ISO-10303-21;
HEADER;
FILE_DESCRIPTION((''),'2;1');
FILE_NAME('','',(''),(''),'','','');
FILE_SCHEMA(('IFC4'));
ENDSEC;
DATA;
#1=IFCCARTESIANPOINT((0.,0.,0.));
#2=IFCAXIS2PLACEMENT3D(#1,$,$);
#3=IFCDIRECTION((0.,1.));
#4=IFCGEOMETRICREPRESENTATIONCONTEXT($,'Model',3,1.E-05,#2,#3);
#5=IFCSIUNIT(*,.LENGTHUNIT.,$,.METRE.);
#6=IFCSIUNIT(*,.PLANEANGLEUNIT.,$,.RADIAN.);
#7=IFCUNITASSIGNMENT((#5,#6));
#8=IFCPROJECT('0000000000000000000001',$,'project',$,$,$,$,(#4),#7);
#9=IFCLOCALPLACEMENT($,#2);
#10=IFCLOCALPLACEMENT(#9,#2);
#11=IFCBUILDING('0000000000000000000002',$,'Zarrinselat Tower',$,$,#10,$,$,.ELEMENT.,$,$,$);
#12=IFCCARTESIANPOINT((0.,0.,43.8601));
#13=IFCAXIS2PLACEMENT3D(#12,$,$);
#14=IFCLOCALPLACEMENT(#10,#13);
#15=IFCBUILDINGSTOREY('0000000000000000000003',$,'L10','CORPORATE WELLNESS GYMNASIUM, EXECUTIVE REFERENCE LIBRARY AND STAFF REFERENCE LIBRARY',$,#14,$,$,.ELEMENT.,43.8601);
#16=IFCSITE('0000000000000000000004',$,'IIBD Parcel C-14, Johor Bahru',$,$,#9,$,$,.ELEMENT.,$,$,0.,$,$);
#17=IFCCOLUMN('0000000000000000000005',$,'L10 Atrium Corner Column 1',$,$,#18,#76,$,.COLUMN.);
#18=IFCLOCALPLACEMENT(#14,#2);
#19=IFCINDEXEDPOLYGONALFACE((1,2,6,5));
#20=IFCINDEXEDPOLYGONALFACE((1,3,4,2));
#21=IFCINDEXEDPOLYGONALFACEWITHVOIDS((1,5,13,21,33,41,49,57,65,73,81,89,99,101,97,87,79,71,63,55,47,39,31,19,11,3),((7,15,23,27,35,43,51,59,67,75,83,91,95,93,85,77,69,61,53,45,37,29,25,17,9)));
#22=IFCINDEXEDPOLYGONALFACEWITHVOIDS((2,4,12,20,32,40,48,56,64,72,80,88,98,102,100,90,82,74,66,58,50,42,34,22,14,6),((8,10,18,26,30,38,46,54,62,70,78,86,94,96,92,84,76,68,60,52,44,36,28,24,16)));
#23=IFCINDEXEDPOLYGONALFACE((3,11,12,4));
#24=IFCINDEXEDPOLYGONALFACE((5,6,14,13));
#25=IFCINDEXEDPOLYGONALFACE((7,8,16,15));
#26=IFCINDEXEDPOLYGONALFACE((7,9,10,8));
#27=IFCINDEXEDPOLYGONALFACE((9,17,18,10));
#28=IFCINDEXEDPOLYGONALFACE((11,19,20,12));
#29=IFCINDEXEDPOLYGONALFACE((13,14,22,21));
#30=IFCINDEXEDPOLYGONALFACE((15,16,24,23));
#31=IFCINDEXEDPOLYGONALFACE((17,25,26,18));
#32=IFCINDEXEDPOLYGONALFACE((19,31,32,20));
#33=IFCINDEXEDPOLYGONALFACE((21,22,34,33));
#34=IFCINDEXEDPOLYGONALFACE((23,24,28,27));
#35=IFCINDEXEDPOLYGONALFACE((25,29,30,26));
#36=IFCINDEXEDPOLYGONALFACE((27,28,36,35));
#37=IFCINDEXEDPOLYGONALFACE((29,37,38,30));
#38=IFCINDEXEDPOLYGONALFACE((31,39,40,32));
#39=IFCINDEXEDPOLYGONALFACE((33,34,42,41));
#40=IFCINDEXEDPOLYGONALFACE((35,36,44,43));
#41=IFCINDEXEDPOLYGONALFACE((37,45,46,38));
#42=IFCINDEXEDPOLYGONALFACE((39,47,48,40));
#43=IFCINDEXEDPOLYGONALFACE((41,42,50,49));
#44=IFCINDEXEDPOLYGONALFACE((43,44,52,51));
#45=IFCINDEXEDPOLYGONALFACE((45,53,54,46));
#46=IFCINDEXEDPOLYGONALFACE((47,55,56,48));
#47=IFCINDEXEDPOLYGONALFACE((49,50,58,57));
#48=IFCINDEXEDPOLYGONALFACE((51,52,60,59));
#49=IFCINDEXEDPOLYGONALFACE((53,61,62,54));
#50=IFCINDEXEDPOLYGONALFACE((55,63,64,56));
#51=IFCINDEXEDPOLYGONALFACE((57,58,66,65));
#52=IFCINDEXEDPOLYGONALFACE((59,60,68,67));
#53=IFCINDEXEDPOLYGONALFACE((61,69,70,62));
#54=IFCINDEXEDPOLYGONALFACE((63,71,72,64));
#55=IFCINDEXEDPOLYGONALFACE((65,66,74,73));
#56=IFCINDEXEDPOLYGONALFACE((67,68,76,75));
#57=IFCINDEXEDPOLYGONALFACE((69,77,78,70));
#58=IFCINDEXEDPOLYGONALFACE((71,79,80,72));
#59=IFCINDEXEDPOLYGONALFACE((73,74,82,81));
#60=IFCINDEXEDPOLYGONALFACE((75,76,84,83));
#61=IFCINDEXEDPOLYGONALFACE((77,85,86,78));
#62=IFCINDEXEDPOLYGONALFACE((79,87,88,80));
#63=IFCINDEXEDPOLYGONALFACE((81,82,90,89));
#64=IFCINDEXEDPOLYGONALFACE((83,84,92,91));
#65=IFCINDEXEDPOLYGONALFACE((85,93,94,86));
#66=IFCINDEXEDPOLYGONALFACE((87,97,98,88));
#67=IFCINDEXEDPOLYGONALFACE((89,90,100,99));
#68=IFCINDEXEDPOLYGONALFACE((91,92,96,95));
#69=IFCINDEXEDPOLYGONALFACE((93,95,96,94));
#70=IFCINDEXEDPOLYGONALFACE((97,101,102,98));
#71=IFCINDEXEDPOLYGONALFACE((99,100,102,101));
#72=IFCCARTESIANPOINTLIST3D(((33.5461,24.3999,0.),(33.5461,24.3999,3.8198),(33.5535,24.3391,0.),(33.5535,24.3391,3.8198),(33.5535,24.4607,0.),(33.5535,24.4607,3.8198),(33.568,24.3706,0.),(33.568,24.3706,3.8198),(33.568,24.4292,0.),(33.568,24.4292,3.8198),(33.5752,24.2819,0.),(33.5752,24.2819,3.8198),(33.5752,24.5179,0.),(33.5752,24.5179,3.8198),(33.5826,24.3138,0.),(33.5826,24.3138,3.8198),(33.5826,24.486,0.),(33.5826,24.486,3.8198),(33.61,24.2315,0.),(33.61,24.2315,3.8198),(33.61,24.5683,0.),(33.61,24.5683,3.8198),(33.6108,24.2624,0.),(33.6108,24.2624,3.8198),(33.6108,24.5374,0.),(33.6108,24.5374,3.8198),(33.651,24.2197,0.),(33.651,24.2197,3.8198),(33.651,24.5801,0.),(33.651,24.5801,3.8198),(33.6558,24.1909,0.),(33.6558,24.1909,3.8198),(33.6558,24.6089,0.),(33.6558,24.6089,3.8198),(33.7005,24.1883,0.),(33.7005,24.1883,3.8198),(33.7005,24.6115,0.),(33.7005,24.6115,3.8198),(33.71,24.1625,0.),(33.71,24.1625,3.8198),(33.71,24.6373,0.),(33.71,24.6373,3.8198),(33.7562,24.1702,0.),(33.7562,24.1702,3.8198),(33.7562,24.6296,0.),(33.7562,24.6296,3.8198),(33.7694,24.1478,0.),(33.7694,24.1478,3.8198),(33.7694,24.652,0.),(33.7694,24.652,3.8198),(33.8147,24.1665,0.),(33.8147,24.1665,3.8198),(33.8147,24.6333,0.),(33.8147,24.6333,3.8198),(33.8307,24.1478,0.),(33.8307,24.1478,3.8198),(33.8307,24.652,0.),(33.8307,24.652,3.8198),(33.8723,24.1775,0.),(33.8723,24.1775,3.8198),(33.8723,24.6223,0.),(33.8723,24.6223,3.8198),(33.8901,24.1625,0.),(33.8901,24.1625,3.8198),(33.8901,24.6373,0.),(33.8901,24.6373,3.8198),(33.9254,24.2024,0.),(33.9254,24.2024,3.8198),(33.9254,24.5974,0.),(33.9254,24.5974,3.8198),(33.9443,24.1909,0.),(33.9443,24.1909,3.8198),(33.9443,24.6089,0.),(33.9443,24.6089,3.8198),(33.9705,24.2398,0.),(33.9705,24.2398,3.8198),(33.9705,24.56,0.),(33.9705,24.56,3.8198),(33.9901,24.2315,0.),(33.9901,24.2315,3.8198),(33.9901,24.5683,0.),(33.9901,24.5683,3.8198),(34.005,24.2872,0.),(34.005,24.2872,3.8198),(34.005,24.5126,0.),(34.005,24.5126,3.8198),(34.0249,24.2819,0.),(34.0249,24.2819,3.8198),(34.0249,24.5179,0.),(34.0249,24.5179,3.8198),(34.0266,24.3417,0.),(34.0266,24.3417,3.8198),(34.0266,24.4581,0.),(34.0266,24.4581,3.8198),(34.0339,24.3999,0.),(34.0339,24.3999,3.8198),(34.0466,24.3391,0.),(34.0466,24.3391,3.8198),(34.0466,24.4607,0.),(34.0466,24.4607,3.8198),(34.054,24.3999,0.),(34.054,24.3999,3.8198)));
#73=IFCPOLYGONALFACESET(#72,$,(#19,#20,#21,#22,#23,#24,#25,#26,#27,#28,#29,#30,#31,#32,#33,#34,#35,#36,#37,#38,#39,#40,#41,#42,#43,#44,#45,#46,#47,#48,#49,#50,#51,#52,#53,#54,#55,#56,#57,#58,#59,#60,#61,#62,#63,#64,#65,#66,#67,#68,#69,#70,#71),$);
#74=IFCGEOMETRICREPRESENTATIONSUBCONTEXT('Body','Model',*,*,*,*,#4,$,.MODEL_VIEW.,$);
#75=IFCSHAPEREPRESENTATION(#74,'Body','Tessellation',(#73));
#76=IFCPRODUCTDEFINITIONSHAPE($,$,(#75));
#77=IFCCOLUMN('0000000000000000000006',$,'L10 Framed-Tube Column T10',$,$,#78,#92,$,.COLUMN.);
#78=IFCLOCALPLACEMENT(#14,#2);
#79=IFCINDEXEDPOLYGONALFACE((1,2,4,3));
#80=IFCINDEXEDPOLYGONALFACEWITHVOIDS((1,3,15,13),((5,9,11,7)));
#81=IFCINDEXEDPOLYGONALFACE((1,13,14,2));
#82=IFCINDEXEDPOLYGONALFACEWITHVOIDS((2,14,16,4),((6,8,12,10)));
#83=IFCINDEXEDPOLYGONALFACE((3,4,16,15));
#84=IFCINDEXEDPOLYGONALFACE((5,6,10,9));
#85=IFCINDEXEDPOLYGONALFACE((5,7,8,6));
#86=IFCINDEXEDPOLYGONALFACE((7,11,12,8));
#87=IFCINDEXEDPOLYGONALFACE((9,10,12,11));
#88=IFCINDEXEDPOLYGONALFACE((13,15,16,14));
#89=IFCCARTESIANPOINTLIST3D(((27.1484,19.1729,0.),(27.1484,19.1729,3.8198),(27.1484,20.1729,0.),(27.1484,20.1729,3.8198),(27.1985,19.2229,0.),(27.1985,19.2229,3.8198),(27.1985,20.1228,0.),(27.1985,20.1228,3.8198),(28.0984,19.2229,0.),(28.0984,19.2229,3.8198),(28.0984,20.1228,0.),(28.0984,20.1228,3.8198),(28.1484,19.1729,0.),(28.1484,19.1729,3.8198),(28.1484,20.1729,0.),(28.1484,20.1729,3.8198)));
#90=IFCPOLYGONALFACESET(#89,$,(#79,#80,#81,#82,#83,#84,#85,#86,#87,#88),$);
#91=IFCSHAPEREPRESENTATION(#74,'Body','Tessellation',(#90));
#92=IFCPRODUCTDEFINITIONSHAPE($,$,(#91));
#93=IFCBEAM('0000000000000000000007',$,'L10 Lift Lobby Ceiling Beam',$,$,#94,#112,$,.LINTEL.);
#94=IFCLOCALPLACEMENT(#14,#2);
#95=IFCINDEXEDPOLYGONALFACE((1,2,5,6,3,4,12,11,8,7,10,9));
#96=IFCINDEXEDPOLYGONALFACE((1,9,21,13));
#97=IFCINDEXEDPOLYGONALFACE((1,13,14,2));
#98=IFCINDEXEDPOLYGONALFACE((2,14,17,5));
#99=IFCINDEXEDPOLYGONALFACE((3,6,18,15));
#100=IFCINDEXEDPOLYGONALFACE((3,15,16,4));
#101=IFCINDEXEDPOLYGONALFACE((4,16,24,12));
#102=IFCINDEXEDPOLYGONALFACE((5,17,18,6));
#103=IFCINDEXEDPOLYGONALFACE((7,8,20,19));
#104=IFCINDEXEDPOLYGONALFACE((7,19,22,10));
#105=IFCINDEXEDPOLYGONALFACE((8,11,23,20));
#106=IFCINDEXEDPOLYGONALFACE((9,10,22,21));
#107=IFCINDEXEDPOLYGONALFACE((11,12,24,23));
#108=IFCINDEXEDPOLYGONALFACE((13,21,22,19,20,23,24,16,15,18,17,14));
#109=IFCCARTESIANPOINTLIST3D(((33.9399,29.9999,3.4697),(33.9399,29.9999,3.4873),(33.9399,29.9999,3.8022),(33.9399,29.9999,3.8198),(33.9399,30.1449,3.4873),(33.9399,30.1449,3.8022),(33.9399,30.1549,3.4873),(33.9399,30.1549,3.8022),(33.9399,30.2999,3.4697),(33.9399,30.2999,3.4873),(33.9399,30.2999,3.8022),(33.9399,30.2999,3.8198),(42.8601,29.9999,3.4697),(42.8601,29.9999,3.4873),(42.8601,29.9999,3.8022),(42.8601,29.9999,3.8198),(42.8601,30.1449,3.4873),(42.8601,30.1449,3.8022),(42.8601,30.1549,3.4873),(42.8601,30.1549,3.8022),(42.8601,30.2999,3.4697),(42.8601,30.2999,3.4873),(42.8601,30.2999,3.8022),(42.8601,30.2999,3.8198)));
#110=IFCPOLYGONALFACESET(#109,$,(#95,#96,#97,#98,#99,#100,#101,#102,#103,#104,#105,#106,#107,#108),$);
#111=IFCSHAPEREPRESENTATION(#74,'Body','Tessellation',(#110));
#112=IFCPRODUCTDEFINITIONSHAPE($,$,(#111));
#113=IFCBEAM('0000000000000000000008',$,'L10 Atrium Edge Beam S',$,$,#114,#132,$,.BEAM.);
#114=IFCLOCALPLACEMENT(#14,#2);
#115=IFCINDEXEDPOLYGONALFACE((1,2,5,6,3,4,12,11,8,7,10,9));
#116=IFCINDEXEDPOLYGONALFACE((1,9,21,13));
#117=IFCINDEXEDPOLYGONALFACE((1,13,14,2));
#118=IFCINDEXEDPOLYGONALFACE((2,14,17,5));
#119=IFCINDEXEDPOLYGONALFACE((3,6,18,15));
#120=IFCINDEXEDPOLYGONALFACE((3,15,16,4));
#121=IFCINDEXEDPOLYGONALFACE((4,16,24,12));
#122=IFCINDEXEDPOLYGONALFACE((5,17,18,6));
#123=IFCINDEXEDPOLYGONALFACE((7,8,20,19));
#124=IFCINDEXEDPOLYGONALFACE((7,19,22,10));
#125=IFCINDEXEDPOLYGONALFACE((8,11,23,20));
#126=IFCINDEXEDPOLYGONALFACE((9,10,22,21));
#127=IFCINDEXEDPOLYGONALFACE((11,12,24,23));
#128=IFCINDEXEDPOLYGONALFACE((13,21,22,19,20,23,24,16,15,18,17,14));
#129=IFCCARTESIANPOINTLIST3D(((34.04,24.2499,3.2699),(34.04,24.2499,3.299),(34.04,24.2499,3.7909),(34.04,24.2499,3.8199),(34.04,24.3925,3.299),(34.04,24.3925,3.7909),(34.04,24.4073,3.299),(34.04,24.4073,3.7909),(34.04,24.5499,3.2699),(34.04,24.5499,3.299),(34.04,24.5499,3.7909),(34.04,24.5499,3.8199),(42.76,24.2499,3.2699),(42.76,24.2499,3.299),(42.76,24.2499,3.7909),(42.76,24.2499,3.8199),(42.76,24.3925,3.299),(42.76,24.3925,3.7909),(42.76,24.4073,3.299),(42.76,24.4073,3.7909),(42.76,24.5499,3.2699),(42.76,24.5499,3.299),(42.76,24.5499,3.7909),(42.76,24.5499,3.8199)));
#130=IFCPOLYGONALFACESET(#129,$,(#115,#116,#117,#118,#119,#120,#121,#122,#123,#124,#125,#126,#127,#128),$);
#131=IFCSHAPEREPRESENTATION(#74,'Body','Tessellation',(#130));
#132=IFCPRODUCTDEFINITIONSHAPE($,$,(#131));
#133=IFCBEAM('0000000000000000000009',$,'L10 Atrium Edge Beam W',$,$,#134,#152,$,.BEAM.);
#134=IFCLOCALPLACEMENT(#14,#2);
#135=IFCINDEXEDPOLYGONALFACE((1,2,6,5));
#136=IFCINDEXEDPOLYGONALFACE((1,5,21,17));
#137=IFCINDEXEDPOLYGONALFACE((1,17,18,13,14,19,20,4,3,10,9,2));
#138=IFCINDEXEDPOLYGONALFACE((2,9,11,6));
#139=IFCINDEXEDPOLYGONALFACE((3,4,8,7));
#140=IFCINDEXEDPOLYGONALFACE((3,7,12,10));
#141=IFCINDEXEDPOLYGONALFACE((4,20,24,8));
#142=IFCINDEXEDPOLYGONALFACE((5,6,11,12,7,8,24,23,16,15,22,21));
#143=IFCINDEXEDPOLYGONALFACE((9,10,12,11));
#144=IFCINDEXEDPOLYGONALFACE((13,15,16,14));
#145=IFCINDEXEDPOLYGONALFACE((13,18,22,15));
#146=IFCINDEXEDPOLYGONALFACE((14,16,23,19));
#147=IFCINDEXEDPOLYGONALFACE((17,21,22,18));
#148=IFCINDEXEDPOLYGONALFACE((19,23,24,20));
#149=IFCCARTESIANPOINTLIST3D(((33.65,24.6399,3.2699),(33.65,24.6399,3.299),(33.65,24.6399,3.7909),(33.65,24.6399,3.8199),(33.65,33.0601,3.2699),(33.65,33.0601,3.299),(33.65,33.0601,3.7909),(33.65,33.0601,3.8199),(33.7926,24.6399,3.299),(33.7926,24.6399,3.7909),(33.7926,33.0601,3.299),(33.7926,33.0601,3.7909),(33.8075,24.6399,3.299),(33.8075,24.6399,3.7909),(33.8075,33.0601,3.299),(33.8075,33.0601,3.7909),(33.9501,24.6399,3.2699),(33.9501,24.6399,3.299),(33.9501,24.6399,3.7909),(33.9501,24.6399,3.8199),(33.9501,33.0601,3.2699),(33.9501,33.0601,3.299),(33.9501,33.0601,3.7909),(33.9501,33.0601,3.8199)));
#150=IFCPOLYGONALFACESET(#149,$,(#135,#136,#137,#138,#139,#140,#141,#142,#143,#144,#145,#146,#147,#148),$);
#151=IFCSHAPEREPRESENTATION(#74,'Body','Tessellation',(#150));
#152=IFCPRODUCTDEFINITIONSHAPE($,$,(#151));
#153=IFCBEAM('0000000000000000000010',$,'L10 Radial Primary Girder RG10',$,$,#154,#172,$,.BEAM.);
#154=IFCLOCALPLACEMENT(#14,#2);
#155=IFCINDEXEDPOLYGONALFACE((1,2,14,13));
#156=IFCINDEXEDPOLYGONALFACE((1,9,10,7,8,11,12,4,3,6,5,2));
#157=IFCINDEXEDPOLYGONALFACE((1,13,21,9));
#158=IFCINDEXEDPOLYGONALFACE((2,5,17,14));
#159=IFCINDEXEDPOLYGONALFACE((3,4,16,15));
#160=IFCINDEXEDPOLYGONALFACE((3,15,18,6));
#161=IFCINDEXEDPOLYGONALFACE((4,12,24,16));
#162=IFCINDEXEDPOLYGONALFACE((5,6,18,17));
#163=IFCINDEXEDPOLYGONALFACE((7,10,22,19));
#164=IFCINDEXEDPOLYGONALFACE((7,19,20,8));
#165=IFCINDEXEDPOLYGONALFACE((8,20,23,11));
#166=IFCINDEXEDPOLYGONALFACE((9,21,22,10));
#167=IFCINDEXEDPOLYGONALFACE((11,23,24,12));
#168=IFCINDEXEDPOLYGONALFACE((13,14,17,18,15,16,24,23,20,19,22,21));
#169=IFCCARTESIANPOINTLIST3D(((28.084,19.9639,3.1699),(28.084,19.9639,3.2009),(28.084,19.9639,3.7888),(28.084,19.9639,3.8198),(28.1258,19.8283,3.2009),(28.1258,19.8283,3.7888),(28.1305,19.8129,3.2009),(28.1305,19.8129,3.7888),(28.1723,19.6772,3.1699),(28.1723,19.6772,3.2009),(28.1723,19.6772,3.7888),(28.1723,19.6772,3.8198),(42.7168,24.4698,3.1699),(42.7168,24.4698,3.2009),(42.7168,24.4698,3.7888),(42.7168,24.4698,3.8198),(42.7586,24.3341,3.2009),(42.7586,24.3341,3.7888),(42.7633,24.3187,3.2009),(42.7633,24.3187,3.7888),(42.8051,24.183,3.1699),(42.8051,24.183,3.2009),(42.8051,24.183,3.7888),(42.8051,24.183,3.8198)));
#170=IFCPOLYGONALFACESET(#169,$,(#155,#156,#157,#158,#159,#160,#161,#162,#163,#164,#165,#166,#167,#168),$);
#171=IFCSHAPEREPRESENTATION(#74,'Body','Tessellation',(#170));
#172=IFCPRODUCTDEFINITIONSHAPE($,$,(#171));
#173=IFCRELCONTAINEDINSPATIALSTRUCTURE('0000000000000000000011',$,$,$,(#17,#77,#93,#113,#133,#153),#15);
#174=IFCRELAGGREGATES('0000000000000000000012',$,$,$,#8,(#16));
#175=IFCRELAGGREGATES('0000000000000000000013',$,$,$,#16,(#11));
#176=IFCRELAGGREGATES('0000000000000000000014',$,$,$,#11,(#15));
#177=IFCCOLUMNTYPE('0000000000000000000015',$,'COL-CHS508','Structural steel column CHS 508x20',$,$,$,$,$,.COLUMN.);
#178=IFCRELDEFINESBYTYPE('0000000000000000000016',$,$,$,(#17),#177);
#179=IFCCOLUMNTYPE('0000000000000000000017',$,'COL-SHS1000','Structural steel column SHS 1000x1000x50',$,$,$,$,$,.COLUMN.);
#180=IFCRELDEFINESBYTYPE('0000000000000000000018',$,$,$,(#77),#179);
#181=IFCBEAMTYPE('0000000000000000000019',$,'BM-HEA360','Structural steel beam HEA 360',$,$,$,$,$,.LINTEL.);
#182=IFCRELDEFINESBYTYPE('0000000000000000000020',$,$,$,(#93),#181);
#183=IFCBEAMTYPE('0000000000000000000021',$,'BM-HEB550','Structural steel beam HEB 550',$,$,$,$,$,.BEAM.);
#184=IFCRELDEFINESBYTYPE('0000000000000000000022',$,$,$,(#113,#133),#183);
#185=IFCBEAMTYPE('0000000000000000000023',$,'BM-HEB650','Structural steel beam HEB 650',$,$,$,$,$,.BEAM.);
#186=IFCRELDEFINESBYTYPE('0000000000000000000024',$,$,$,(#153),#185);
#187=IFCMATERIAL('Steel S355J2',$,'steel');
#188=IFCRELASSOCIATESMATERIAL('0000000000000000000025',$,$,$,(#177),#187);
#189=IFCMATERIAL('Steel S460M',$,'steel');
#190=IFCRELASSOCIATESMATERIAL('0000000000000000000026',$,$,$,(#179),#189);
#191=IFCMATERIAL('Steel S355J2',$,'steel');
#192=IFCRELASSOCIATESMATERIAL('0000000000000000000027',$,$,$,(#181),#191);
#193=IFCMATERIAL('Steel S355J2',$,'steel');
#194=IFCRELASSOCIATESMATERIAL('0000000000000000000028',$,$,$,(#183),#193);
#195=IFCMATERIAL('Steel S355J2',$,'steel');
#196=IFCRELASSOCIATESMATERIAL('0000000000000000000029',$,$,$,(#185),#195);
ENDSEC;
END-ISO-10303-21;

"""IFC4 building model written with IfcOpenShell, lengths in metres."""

from ifc_helpers import new_model, si_unit, direction, frame, origin, origin_2d, place, context, subcontext, project, spatial, hollow_rectangle, hollow_circle, i_section, extrude, material, material_profile, profile_set, type_object, element, save


model = new_model("IFC4")

# Units and contexts
model_context = context("Model", 3, precision=1e-05, world=origin(), true_north=direction((0.0, 1.0)))
body_context = subcontext(model_context, "Body", "Model", "MODEL_VIEW")
ifc_project = project(units=[si_unit("LENGTHUNIT", "METRE"), si_unit("PLANEANGLEUNIT", "RADIAN")], contexts=[model_context])

# Site, building, storey
site_placement = place(None, origin())
site = spatial("IfcSite", under=ifc_project, at=site_placement, Name="IIBD Parcel C-14, Johor Bahru", CompositionType="ELEMENT", RefElevation=0.0)
building_placement = place(site_placement, origin())
building = spatial("IfcBuilding", under=site, at=building_placement, Name="Zarrinselat Tower", CompositionType="ELEMENT")
storey_placement = place(building_placement, frame((0.0, 0.0, 43.8601)))
storey = spatial("IfcBuildingStorey", under=building, at=storey_placement, Name="L10", Description="CORPORATE WELLNESS GYMNASIUM, EXECUTIVE REFERENCE LIBRARY AND STAFF REFERENCE LIBRARY", CompositionType="ELEMENT", Elevation=43.8601)

# Columns
ifc_material_1 = material(Name="Steel S355J2", Category="steel")
ifc_material_profile_1 = material_profile(ifc_material_1, hollow_circle(Radius=0.2539, WallThickness=0.02, at=origin_2d()), Name="CHS 508x20")
ifc_profile_set_1 = profile_set([ifc_material_profile_1], Name="Steel S355J2")
column_type_1 = type_object("IfcColumnType", Name="COL-CHS508", Description="Structural steel column CHS 508x20", PredefinedType="COLUMN", material=ifc_profile_set_1)
column_1_placement = place(storey_placement, frame((33.8, 24.3999, 0.0), z_axis=(0.0, 0.0, 1.0), x_axis=(1.0, 0.0, 0.0)))
element("IfcColumn", 1, at=column_1_placement, inside=storey, type_object=column_type_1, Name="L10 Atrium Corner Column 1", PredefinedType="COLUMN", context=body_context, shape_type="SweptSolid", body=[
    extrude(hollow_circle(Radius=0.2539, WallThickness=0.02, at=origin_2d()), origin(), (0.0, 0.0, 1.0), 3.8198),
])
ifc_material_2 = material(Name="Steel S460M", Category="steel")
ifc_material_profile_2 = material_profile(ifc_material_2, hollow_rectangle(XDim=1.0, YDim=1.0, WallThickness=0.05, at=origin_2d()), Name="SHS 1000x1000x50")
ifc_profile_set_2 = profile_set([ifc_material_profile_2], Name="Steel S460M")
column_type_2 = type_object("IfcColumnType", Name="COL-SHS1000", Description="Structural steel column SHS 1000x1000x50", PredefinedType="COLUMN", material=ifc_profile_set_2)
column_2_placement = place(storey_placement, frame((27.6484, 19.6729, 0.0), z_axis=(0.0, 0.0, 1.0), x_axis=(1.0, 0.0, 0.0)))
element("IfcColumn", 2, at=column_2_placement, inside=storey, type_object=column_type_2, Name="L10 Framed-Tube Column T10", PredefinedType="COLUMN", context=body_context, shape_type="SweptSolid", body=[
    extrude(hollow_rectangle(XDim=1.0, YDim=1.0, WallThickness=0.05, at=origin_2d()), origin(), (0.0, 0.0, 1.0), 3.8198),
])

# Beams
ifc_material_3 = material(Name="Steel S355J2", Category="steel")
ifc_material_profile_3 = material_profile(ifc_material_3, i_section(OverallWidth=0.3, OverallDepth=0.3501, WebThickness=0.01, FlangeThickness=0.0176, at=origin_2d()), Name="HEA 360")
ifc_profile_set_3 = profile_set([ifc_material_profile_3], Name="Steel S355J2")
beam_type_1 = type_object("IfcBeamType", Name="BM-HEA360", Description="Structural steel beam HEA 360", PredefinedType="LINTEL", material=ifc_profile_set_3)
beam_1_placement = place(storey_placement, frame((33.9399, 30.1499, 3.6448), z_axis=(1.0, 0.0, 0.0), x_axis=(0.0, 1.0, 0.0)))
element("IfcBeam", 3, at=beam_1_placement, inside=storey, type_object=beam_type_1, Name="L10 Lift Lobby Ceiling Beam", PredefinedType="LINTEL", context=body_context, shape_type="SweptSolid", body=[
    extrude(i_section(OverallWidth=0.3, OverallDepth=0.3501, WebThickness=0.01, FlangeThickness=0.0176, at=origin_2d()), origin(), (0.0, 0.0, 1.0), 8.9202),
])
ifc_material_4 = material(Name="Steel S355J2", Category="steel")
ifc_material_profile_4 = material_profile(ifc_material_4, i_section(OverallWidth=0.3, OverallDepth=0.55, WebThickness=0.0149, FlangeThickness=0.0291, at=origin_2d()), Name="HEB 550")
ifc_profile_set_4 = profile_set([ifc_material_profile_4], Name="Steel S355J2")
beam_type_2 = type_object("IfcBeamType", Name="BM-HEB550", Description="Structural steel beam HEB 550", PredefinedType="BEAM", material=ifc_profile_set_4)
beam_2_placement = place(storey_placement, frame((34.04, 24.3999, 3.5449), z_axis=(1.0, 0.0, 0.0), x_axis=(0.0, 1.0, 0.0)))
element("IfcBeam", 4, at=beam_2_placement, inside=storey, type_object=beam_type_2, Name="L10 Atrium Edge Beam S", PredefinedType="BEAM", context=body_context, shape_type="SweptSolid", body=[
    extrude(i_section(OverallWidth=0.3, OverallDepth=0.55, WebThickness=0.0149, FlangeThickness=0.0291, at=origin_2d()), origin(), (0.0, 0.0, 1.0), 8.72),
])
beam_3_placement = place(storey_placement, frame((33.8, 24.6399, 3.5449), z_axis=(0.0, 1.0, 0.0), x_axis=(-1.0, 0.0, 0.0)))
element("IfcBeam", 5, at=beam_3_placement, inside=storey, type_object=beam_type_2, Name="L10 Atrium Edge Beam W", PredefinedType="BEAM", context=body_context, shape_type="SweptSolid", body=[
    extrude(i_section(OverallWidth=0.3, OverallDepth=0.55, WebThickness=0.0149, FlangeThickness=0.0291, at=origin_2d()), origin(), (0.0, 0.0, 1.0), 8.4202),
])
ifc_material_5 = material(Name="Steel S355J2", Category="steel")
ifc_material_profile_5 = material_profile(ifc_material_5, i_section(OverallWidth=0.3, OverallDepth=0.6499, WebThickness=0.0161, FlangeThickness=0.031, at=origin_2d()), Name="HEB 650")
ifc_profile_set_5 = profile_set([ifc_material_profile_5], Name="Steel S355J2")
beam_type_3 = type_object("IfcBeamType", Name="BM-HEB650", Description="Structural steel beam HEB 650", PredefinedType="BEAM", material=ifc_profile_set_5)
beam_4_placement = place(storey_placement, frame((28.1282, 19.8206, 3.4949), z_axis=(0.955716, 0.294292, 0.0), x_axis=(-0.294292, 0.955716, 0.0)))
element("IfcBeam", 6, at=beam_4_placement, inside=storey, type_object=beam_type_3, Name="L10 Radial Primary Girder RG10", PredefinedType="BEAM", context=body_context, shape_type="SweptSolid", body=[
    extrude(i_section(OverallWidth=0.3, OverallDepth=0.6499, WebThickness=0.0161, FlangeThickness=0.031, at=origin_2d()), origin(), (0.0, 0.0, 1.0), 15.3108),
])

save(model, "model.ifc")
